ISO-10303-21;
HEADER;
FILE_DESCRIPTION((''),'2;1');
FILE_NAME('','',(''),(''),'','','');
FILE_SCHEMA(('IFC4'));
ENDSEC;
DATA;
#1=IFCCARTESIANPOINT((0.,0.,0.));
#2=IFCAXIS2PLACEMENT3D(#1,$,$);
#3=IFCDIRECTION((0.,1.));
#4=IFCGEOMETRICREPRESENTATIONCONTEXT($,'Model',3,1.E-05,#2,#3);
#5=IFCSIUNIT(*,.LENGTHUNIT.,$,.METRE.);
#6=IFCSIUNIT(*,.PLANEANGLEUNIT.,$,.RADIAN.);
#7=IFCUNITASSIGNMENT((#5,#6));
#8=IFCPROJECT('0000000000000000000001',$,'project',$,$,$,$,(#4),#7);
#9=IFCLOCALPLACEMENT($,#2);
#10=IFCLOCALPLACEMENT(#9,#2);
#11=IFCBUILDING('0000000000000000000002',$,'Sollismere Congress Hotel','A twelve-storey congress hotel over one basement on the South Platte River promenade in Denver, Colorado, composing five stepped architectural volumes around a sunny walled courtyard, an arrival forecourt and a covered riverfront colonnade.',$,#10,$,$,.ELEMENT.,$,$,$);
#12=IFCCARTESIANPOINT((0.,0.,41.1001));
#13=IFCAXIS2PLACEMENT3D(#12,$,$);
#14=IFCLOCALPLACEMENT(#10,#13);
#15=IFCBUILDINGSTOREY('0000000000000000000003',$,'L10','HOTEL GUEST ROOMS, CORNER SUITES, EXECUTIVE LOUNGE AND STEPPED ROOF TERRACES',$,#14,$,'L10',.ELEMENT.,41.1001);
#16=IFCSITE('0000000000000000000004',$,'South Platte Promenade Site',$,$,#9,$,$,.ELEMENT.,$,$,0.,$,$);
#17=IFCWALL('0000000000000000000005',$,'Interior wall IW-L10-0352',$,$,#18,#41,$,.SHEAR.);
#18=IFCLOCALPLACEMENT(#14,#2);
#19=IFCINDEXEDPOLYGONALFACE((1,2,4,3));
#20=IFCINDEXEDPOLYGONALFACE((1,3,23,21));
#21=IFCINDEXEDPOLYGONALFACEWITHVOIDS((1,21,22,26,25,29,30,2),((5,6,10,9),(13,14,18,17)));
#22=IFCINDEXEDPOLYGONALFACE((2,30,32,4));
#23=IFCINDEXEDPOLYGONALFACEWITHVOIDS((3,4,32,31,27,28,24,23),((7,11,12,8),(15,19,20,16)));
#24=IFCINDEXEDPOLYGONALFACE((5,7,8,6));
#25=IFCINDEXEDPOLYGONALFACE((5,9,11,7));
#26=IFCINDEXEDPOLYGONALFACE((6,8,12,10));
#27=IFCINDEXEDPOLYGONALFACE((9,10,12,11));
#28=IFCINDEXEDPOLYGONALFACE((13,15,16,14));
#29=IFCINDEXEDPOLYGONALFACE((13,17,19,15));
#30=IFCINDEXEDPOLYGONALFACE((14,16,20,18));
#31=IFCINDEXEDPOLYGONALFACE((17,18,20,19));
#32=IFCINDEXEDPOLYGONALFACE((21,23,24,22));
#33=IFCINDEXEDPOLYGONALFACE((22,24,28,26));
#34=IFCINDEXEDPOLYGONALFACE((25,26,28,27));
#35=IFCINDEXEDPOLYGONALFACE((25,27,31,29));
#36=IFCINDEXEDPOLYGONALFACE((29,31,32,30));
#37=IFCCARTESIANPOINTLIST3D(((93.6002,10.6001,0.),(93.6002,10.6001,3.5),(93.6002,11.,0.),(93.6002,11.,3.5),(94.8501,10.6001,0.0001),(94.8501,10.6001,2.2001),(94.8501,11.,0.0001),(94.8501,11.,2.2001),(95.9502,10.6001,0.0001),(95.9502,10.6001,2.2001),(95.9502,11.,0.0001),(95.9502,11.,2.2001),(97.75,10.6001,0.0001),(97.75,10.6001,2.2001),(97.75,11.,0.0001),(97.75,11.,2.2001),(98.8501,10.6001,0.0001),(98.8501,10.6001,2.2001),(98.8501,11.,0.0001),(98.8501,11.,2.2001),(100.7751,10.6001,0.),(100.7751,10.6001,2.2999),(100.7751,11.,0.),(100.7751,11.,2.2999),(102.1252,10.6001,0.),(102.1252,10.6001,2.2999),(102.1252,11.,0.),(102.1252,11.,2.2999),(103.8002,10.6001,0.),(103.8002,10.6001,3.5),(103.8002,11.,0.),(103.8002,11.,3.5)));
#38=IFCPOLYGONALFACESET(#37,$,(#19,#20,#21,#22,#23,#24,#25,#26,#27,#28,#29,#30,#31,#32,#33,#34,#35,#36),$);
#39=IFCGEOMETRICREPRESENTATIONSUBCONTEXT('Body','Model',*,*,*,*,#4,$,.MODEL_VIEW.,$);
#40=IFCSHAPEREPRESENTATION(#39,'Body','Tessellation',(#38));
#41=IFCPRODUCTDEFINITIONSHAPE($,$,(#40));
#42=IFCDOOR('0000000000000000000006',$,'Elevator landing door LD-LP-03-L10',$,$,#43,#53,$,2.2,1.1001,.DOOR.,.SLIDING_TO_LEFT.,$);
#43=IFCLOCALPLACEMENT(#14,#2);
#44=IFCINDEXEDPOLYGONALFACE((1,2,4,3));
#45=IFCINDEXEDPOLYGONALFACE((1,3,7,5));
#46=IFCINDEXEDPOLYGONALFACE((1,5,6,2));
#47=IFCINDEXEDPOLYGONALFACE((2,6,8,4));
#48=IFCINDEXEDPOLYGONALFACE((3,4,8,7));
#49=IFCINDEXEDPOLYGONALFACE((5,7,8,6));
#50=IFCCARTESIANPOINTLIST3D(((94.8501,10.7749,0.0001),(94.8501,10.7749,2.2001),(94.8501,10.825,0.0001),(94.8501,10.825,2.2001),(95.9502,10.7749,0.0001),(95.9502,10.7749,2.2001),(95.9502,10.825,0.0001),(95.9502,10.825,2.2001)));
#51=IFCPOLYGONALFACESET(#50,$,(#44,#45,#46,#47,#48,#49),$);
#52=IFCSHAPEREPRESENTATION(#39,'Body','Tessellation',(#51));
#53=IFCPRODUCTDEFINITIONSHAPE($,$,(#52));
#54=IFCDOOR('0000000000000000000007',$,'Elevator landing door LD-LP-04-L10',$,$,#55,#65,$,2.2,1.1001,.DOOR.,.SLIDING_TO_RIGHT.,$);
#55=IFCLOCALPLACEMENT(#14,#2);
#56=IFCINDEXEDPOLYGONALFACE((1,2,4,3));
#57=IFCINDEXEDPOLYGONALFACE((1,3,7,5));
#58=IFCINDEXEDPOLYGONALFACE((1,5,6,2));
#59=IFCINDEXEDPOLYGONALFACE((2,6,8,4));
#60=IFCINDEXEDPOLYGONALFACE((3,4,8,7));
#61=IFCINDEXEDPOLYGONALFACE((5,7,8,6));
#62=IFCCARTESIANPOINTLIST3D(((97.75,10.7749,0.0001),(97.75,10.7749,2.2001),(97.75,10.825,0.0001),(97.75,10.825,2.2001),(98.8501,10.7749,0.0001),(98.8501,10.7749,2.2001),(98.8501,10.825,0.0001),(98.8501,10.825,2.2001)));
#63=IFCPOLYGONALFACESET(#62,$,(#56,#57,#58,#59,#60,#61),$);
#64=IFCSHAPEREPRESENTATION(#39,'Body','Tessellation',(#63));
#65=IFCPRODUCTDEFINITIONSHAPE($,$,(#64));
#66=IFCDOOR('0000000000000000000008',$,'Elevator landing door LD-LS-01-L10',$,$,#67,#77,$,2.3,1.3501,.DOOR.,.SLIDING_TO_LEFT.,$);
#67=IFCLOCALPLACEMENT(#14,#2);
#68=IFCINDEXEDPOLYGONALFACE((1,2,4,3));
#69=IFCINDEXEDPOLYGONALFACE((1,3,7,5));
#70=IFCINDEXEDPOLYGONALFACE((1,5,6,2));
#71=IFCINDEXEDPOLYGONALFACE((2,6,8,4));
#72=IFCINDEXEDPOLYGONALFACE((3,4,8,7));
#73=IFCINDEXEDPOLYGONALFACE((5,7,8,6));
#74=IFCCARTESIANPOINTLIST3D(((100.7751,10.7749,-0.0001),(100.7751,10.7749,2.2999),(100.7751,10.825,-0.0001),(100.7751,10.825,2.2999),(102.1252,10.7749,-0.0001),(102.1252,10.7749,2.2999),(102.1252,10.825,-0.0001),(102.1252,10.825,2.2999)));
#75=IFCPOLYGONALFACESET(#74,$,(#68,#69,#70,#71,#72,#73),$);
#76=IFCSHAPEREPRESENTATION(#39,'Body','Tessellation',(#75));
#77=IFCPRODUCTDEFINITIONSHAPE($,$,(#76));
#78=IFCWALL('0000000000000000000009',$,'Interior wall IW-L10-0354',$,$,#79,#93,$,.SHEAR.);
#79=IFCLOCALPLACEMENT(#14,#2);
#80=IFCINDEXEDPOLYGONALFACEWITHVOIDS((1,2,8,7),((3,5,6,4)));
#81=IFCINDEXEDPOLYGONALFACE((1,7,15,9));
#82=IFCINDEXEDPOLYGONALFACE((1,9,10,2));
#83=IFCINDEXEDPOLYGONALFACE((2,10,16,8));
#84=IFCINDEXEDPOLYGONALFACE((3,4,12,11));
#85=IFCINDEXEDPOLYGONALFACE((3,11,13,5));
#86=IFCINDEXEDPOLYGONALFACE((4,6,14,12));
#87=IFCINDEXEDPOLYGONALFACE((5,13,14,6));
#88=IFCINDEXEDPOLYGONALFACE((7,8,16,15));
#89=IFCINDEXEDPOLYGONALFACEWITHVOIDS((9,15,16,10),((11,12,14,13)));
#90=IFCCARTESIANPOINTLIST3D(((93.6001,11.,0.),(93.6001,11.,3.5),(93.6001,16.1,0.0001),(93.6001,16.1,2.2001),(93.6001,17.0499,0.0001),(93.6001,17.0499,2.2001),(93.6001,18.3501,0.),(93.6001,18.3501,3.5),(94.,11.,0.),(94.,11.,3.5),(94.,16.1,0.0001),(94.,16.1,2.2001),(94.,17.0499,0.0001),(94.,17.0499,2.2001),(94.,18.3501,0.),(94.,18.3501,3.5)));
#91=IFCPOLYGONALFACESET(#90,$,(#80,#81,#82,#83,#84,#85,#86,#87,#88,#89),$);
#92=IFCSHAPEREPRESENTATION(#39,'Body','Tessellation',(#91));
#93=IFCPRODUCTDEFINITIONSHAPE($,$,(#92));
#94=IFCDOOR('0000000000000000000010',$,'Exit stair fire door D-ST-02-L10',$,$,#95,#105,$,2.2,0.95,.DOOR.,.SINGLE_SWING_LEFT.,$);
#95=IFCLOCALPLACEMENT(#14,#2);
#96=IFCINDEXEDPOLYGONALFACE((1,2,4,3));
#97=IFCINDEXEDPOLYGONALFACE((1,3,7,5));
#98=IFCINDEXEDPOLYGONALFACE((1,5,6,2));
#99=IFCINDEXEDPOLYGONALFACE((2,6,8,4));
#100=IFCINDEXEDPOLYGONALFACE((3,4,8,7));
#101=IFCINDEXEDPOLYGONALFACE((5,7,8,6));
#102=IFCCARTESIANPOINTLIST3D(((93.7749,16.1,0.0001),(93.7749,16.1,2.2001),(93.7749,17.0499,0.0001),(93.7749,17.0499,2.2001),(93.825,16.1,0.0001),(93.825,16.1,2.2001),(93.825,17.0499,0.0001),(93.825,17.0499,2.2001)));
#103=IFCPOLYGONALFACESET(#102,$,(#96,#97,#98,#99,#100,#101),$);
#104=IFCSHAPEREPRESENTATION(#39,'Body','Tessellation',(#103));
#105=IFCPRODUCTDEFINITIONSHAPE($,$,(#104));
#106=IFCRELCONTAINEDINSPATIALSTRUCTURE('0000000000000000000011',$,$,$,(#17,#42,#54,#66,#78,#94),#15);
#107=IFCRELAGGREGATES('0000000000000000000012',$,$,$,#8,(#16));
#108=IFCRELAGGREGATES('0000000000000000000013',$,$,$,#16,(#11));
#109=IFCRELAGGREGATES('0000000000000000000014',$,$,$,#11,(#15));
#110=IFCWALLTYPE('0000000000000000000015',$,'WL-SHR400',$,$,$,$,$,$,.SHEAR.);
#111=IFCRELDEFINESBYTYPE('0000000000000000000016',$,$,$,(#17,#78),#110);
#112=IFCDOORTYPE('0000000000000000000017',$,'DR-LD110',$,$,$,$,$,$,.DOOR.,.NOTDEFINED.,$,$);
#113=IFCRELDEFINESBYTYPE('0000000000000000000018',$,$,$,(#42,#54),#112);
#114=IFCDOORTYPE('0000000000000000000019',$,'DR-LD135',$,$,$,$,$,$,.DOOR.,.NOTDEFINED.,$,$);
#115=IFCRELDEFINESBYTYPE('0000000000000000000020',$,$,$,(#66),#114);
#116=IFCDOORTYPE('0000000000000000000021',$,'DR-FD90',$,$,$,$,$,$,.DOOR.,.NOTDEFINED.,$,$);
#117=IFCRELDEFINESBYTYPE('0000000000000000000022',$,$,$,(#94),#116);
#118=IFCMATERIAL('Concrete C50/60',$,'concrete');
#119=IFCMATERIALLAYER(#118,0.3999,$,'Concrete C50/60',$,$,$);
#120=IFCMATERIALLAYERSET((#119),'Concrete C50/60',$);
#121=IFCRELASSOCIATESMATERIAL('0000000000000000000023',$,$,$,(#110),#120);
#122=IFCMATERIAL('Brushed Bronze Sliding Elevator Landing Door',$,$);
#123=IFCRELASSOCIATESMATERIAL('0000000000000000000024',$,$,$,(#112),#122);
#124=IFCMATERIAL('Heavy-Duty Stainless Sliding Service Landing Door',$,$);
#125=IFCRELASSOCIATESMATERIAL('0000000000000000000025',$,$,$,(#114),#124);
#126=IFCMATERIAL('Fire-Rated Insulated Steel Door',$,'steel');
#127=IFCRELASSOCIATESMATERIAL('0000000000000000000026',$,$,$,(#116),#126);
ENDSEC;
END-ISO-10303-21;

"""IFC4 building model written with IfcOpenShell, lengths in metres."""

from ifc_helpers import new_model, si_unit, direction, frame, frame_2d, origin, place, context, subcontext, project, spatial, rectangle, extrude, material, layer, layer_set, type_object, element, fill, save


model = new_model("IFC4")

# Units and contexts
model_context = context("Model", 3, precision=1e-05, world=origin(), true_north=direction((0.0, 1.0)))
body_context = subcontext(model_context, "Body", "Model", "MODEL_VIEW")
ifc_project = project(units=[si_unit("LENGTHUNIT", "METRE"), si_unit("PLANEANGLEUNIT", "RADIAN")], contexts=[model_context])

# Site, building, storey
site_placement = place(None, origin())
site = spatial("IfcSite", under=ifc_project, at=site_placement, Name="South Platte Promenade Site", CompositionType="ELEMENT", RefElevation=0.0)
building_placement = place(site_placement, origin())
building = spatial("IfcBuilding", under=site, at=building_placement, Name="Sollismere Congress Hotel", Description="A twelve-storey congress hotel over one basement on the South Platte River promenade in Denver, Colorado, composing five stepped architectural volumes around a sunny walled courtyard, an arrival forecourt and a covered riverfront colonnade.", CompositionType="ELEMENT")
storey_placement = place(building_placement, frame((0.0, 0.0, 41.1001)))
storey = spatial("IfcBuildingStorey", under=building, at=storey_placement, Name="L10", Description="HOTEL GUEST ROOMS, CORNER SUITES, EXECUTIVE LOUNGE AND STEPPED ROOF TERRACES", LongName="L10", CompositionType="ELEMENT", Elevation=41.1001)

# Wall, openings, doors
ifc_material_1 = material(Name="Concrete C50/60", Category="concrete")
ifc_layer_1 = layer(ifc_material_1, 0.3999, Name="Concrete C50/60")
ifc_layer_set_1 = layer_set([ifc_layer_1], Name="Concrete C50/60")
wall_type_1 = type_object("IfcWallType", Name="WL-SHR400", PredefinedType="SHEAR", material=ifc_layer_set_1)
wall_1_placement = place(storey_placement, frame((93.6001, 10.8, 0.0), z_axis=(0.0, 0.0, 1.0), x_axis=(1.0, 0.0, 0.0)))
wall_1 = element("IfcWall", 1, at=wall_1_placement, inside=storey, type_object=wall_type_1, Name="Interior wall IW-L10-0352", PredefinedType="SHEAR", context=body_context, shape_type="SweptSolid", body=[
    extrude(rectangle(XDim=10.2, YDim=0.3999, at=frame_2d((5.1001, 0.0))), origin(), (0.0, 0.0, 1.0), 3.5),
])
opening_1_placement = place(wall_1_placement, frame((1.25, 0.0, 0.0)))
opening_1 = element("IfcOpeningElement", 2, at=opening_1_placement, cuts=wall_1, PredefinedType="OPENING", context=body_context, shape_type="SweptSolid", body=[
    extrude(rectangle(XDim=1.1001, YDim=2.2, at=frame_2d((0.55, 1.1001))), frame((0.0, 0.21, 0.0), z_axis=(0.0, -1.0, 0.0), x_axis=(1.0, 0.0, 0.0)), (0.0, 0.0, 1.0), 0.4199),
])
opening_2_placement = place(wall_1_placement, frame((4.1499, 0.0, 0.0)))
opening_2 = element("IfcOpeningElement", 3, at=opening_2_placement, cuts=wall_1, PredefinedType="OPENING", context=body_context, shape_type="SweptSolid", body=[
    extrude(rectangle(XDim=1.1001, YDim=2.2, at=frame_2d((0.55, 1.1001))), frame((0.0, 0.21, 0.0), z_axis=(0.0, -1.0, 0.0), x_axis=(1.0, 0.0, 0.0)), (0.0, 0.0, 1.0), 0.4199),
])
opening_3_placement = place(wall_1_placement, frame((7.175, 0.0, 0.0)))
opening_3 = element("IfcOpeningElement", 4, at=opening_3_placement, cuts=wall_1, PredefinedType="OPENING", context=body_context, shape_type="SweptSolid", body=[
    extrude(rectangle(XDim=1.3501, YDim=2.3, at=frame_2d((0.675, 1.1499))), frame((0.0, 0.21, 0.0), z_axis=(0.0, -1.0, 0.0), x_axis=(1.0, 0.0, 0.0)), (0.0, 0.0, 1.0), 0.4199),
])
ifc_material_2 = material(Name="Brushed Bronze Sliding Elevator Landing Door")
door_type_1 = type_object("IfcDoorType", Name="DR-LD110", OperationType="NOTDEFINED", PredefinedType="DOOR", material=ifc_material_2)
door_1_placement = place(opening_1_placement, origin())
door_1 = element("IfcDoor", 5, at=door_1_placement, inside=storey, type_object=door_type_1, Name="Elevator landing door LD-LP-03-L10", OperationType="SLIDING_TO_LEFT", OverallHeight=2.2, OverallWidth=1.1001, PredefinedType="DOOR", context=body_context, shape_type="SweptSolid", body=[
    extrude(rectangle(XDim=1.1001, YDim=2.2, at=frame_2d((0.55, 1.1001))), frame((0.0, 0.0249, 0.0), z_axis=(0.0, -1.0, 0.0), x_axis=(1.0, 0.0, 0.0)), (0.0, 0.0, 1.0), 0.05),
])
fill(opening_1, door_1)
door_2_placement = place(opening_2_placement, origin())
door_2 = element("IfcDoor", 6, at=door_2_placement, inside=storey, type_object=door_type_1, Name="Elevator landing door LD-LP-04-L10", OperationType="SLIDING_TO_RIGHT", OverallHeight=2.2, OverallWidth=1.1001, PredefinedType="DOOR", context=body_context, shape_type="SweptSolid", body=[
    extrude(rectangle(XDim=1.1001, YDim=2.2, at=frame_2d((0.55, 1.1001))), frame((0.0, 0.0249, 0.0), z_axis=(0.0, -1.0, 0.0), x_axis=(1.0, 0.0, 0.0)), (0.0, 0.0, 1.0), 0.05),
])
fill(opening_2, door_2)
ifc_material_3 = material(Name="Heavy-Duty Stainless Sliding Service Landing Door")
door_type_2 = type_object("IfcDoorType", Name="DR-LD135", OperationType="NOTDEFINED", PredefinedType="DOOR", material=ifc_material_3)
door_3_placement = place(opening_3_placement, origin())
door_3 = element("IfcDoor", 7, at=door_3_placement, inside=storey, type_object=door_type_2, Name="Elevator landing door LD-LS-01-L10", OperationType="SLIDING_TO_LEFT", OverallHeight=2.3, OverallWidth=1.3501, PredefinedType="DOOR", context=body_context, shape_type="SweptSolid", body=[
    extrude(rectangle(XDim=1.3501, YDim=2.3, at=frame_2d((0.675, 1.1499))), frame((0.0, 0.0249, 0.0), z_axis=(0.0, -1.0, 0.0), x_axis=(1.0, 0.0, 0.0)), (0.0, 0.0, 1.0), 0.05),
])
fill(opening_3, door_3)

# Wall, opening, door
wall_2_placement = place(storey_placement, frame((93.8, 18.3501, 0.0), z_axis=(0.0, 0.0, 1.0), x_axis=(0.0, -1.0, 0.0)))
wall_2 = element("IfcWall", 8, at=wall_2_placement, inside=storey, type_object=wall_type_1, Name="Interior wall IW-L10-0354", PredefinedType="SHEAR", context=body_context, shape_type="SweptSolid", body=[
    extrude(rectangle(XDim=7.3501, YDim=0.3999, at=frame_2d((3.675, 0.0))), origin(), (0.0, 0.0, 1.0), 3.5),
])
opening_4_placement = place(wall_2_placement, frame((1.3, 0.0, 0.0)))
opening_4 = element("IfcOpeningElement", 9, at=opening_4_placement, cuts=wall_2, PredefinedType="OPENING", context=body_context, shape_type="SweptSolid", body=[
    extrude(rectangle(XDim=0.95, YDim=2.2, at=frame_2d((0.4751, 1.1001))), frame((0.0, 0.21, 0.0), z_axis=(0.0, -1.0, 0.0), x_axis=(1.0, 0.0, 0.0)), (0.0, 0.0, 1.0), 0.4199),
])
ifc_material_4 = material(Name="Fire-Rated Insulated Steel Door", Category="steel")
door_type_3 = type_object("IfcDoorType", Name="DR-FD90", OperationType="NOTDEFINED", PredefinedType="DOOR", material=ifc_material_4)
door_4_placement = place(opening_4_placement, origin())
door_4 = element("IfcDoor", 10, at=door_4_placement, inside=storey, type_object=door_type_3, Name="Exit stair fire door D-ST-02-L10", OperationType="SINGLE_SWING_LEFT", OverallHeight=2.2, OverallWidth=0.95, PredefinedType="DOOR", context=body_context, shape_type="SweptSolid", body=[
    extrude(rectangle(XDim=0.95, YDim=2.2, at=frame_2d((0.4751, 1.1001))), frame((0.0, 0.0249, 0.0), z_axis=(0.0, -1.0, 0.0), x_axis=(1.0, 0.0, 0.0)), (0.0, 0.0, 1.0), 0.05),
])
fill(opening_4, door_4)

save(model, "model.ifc")
